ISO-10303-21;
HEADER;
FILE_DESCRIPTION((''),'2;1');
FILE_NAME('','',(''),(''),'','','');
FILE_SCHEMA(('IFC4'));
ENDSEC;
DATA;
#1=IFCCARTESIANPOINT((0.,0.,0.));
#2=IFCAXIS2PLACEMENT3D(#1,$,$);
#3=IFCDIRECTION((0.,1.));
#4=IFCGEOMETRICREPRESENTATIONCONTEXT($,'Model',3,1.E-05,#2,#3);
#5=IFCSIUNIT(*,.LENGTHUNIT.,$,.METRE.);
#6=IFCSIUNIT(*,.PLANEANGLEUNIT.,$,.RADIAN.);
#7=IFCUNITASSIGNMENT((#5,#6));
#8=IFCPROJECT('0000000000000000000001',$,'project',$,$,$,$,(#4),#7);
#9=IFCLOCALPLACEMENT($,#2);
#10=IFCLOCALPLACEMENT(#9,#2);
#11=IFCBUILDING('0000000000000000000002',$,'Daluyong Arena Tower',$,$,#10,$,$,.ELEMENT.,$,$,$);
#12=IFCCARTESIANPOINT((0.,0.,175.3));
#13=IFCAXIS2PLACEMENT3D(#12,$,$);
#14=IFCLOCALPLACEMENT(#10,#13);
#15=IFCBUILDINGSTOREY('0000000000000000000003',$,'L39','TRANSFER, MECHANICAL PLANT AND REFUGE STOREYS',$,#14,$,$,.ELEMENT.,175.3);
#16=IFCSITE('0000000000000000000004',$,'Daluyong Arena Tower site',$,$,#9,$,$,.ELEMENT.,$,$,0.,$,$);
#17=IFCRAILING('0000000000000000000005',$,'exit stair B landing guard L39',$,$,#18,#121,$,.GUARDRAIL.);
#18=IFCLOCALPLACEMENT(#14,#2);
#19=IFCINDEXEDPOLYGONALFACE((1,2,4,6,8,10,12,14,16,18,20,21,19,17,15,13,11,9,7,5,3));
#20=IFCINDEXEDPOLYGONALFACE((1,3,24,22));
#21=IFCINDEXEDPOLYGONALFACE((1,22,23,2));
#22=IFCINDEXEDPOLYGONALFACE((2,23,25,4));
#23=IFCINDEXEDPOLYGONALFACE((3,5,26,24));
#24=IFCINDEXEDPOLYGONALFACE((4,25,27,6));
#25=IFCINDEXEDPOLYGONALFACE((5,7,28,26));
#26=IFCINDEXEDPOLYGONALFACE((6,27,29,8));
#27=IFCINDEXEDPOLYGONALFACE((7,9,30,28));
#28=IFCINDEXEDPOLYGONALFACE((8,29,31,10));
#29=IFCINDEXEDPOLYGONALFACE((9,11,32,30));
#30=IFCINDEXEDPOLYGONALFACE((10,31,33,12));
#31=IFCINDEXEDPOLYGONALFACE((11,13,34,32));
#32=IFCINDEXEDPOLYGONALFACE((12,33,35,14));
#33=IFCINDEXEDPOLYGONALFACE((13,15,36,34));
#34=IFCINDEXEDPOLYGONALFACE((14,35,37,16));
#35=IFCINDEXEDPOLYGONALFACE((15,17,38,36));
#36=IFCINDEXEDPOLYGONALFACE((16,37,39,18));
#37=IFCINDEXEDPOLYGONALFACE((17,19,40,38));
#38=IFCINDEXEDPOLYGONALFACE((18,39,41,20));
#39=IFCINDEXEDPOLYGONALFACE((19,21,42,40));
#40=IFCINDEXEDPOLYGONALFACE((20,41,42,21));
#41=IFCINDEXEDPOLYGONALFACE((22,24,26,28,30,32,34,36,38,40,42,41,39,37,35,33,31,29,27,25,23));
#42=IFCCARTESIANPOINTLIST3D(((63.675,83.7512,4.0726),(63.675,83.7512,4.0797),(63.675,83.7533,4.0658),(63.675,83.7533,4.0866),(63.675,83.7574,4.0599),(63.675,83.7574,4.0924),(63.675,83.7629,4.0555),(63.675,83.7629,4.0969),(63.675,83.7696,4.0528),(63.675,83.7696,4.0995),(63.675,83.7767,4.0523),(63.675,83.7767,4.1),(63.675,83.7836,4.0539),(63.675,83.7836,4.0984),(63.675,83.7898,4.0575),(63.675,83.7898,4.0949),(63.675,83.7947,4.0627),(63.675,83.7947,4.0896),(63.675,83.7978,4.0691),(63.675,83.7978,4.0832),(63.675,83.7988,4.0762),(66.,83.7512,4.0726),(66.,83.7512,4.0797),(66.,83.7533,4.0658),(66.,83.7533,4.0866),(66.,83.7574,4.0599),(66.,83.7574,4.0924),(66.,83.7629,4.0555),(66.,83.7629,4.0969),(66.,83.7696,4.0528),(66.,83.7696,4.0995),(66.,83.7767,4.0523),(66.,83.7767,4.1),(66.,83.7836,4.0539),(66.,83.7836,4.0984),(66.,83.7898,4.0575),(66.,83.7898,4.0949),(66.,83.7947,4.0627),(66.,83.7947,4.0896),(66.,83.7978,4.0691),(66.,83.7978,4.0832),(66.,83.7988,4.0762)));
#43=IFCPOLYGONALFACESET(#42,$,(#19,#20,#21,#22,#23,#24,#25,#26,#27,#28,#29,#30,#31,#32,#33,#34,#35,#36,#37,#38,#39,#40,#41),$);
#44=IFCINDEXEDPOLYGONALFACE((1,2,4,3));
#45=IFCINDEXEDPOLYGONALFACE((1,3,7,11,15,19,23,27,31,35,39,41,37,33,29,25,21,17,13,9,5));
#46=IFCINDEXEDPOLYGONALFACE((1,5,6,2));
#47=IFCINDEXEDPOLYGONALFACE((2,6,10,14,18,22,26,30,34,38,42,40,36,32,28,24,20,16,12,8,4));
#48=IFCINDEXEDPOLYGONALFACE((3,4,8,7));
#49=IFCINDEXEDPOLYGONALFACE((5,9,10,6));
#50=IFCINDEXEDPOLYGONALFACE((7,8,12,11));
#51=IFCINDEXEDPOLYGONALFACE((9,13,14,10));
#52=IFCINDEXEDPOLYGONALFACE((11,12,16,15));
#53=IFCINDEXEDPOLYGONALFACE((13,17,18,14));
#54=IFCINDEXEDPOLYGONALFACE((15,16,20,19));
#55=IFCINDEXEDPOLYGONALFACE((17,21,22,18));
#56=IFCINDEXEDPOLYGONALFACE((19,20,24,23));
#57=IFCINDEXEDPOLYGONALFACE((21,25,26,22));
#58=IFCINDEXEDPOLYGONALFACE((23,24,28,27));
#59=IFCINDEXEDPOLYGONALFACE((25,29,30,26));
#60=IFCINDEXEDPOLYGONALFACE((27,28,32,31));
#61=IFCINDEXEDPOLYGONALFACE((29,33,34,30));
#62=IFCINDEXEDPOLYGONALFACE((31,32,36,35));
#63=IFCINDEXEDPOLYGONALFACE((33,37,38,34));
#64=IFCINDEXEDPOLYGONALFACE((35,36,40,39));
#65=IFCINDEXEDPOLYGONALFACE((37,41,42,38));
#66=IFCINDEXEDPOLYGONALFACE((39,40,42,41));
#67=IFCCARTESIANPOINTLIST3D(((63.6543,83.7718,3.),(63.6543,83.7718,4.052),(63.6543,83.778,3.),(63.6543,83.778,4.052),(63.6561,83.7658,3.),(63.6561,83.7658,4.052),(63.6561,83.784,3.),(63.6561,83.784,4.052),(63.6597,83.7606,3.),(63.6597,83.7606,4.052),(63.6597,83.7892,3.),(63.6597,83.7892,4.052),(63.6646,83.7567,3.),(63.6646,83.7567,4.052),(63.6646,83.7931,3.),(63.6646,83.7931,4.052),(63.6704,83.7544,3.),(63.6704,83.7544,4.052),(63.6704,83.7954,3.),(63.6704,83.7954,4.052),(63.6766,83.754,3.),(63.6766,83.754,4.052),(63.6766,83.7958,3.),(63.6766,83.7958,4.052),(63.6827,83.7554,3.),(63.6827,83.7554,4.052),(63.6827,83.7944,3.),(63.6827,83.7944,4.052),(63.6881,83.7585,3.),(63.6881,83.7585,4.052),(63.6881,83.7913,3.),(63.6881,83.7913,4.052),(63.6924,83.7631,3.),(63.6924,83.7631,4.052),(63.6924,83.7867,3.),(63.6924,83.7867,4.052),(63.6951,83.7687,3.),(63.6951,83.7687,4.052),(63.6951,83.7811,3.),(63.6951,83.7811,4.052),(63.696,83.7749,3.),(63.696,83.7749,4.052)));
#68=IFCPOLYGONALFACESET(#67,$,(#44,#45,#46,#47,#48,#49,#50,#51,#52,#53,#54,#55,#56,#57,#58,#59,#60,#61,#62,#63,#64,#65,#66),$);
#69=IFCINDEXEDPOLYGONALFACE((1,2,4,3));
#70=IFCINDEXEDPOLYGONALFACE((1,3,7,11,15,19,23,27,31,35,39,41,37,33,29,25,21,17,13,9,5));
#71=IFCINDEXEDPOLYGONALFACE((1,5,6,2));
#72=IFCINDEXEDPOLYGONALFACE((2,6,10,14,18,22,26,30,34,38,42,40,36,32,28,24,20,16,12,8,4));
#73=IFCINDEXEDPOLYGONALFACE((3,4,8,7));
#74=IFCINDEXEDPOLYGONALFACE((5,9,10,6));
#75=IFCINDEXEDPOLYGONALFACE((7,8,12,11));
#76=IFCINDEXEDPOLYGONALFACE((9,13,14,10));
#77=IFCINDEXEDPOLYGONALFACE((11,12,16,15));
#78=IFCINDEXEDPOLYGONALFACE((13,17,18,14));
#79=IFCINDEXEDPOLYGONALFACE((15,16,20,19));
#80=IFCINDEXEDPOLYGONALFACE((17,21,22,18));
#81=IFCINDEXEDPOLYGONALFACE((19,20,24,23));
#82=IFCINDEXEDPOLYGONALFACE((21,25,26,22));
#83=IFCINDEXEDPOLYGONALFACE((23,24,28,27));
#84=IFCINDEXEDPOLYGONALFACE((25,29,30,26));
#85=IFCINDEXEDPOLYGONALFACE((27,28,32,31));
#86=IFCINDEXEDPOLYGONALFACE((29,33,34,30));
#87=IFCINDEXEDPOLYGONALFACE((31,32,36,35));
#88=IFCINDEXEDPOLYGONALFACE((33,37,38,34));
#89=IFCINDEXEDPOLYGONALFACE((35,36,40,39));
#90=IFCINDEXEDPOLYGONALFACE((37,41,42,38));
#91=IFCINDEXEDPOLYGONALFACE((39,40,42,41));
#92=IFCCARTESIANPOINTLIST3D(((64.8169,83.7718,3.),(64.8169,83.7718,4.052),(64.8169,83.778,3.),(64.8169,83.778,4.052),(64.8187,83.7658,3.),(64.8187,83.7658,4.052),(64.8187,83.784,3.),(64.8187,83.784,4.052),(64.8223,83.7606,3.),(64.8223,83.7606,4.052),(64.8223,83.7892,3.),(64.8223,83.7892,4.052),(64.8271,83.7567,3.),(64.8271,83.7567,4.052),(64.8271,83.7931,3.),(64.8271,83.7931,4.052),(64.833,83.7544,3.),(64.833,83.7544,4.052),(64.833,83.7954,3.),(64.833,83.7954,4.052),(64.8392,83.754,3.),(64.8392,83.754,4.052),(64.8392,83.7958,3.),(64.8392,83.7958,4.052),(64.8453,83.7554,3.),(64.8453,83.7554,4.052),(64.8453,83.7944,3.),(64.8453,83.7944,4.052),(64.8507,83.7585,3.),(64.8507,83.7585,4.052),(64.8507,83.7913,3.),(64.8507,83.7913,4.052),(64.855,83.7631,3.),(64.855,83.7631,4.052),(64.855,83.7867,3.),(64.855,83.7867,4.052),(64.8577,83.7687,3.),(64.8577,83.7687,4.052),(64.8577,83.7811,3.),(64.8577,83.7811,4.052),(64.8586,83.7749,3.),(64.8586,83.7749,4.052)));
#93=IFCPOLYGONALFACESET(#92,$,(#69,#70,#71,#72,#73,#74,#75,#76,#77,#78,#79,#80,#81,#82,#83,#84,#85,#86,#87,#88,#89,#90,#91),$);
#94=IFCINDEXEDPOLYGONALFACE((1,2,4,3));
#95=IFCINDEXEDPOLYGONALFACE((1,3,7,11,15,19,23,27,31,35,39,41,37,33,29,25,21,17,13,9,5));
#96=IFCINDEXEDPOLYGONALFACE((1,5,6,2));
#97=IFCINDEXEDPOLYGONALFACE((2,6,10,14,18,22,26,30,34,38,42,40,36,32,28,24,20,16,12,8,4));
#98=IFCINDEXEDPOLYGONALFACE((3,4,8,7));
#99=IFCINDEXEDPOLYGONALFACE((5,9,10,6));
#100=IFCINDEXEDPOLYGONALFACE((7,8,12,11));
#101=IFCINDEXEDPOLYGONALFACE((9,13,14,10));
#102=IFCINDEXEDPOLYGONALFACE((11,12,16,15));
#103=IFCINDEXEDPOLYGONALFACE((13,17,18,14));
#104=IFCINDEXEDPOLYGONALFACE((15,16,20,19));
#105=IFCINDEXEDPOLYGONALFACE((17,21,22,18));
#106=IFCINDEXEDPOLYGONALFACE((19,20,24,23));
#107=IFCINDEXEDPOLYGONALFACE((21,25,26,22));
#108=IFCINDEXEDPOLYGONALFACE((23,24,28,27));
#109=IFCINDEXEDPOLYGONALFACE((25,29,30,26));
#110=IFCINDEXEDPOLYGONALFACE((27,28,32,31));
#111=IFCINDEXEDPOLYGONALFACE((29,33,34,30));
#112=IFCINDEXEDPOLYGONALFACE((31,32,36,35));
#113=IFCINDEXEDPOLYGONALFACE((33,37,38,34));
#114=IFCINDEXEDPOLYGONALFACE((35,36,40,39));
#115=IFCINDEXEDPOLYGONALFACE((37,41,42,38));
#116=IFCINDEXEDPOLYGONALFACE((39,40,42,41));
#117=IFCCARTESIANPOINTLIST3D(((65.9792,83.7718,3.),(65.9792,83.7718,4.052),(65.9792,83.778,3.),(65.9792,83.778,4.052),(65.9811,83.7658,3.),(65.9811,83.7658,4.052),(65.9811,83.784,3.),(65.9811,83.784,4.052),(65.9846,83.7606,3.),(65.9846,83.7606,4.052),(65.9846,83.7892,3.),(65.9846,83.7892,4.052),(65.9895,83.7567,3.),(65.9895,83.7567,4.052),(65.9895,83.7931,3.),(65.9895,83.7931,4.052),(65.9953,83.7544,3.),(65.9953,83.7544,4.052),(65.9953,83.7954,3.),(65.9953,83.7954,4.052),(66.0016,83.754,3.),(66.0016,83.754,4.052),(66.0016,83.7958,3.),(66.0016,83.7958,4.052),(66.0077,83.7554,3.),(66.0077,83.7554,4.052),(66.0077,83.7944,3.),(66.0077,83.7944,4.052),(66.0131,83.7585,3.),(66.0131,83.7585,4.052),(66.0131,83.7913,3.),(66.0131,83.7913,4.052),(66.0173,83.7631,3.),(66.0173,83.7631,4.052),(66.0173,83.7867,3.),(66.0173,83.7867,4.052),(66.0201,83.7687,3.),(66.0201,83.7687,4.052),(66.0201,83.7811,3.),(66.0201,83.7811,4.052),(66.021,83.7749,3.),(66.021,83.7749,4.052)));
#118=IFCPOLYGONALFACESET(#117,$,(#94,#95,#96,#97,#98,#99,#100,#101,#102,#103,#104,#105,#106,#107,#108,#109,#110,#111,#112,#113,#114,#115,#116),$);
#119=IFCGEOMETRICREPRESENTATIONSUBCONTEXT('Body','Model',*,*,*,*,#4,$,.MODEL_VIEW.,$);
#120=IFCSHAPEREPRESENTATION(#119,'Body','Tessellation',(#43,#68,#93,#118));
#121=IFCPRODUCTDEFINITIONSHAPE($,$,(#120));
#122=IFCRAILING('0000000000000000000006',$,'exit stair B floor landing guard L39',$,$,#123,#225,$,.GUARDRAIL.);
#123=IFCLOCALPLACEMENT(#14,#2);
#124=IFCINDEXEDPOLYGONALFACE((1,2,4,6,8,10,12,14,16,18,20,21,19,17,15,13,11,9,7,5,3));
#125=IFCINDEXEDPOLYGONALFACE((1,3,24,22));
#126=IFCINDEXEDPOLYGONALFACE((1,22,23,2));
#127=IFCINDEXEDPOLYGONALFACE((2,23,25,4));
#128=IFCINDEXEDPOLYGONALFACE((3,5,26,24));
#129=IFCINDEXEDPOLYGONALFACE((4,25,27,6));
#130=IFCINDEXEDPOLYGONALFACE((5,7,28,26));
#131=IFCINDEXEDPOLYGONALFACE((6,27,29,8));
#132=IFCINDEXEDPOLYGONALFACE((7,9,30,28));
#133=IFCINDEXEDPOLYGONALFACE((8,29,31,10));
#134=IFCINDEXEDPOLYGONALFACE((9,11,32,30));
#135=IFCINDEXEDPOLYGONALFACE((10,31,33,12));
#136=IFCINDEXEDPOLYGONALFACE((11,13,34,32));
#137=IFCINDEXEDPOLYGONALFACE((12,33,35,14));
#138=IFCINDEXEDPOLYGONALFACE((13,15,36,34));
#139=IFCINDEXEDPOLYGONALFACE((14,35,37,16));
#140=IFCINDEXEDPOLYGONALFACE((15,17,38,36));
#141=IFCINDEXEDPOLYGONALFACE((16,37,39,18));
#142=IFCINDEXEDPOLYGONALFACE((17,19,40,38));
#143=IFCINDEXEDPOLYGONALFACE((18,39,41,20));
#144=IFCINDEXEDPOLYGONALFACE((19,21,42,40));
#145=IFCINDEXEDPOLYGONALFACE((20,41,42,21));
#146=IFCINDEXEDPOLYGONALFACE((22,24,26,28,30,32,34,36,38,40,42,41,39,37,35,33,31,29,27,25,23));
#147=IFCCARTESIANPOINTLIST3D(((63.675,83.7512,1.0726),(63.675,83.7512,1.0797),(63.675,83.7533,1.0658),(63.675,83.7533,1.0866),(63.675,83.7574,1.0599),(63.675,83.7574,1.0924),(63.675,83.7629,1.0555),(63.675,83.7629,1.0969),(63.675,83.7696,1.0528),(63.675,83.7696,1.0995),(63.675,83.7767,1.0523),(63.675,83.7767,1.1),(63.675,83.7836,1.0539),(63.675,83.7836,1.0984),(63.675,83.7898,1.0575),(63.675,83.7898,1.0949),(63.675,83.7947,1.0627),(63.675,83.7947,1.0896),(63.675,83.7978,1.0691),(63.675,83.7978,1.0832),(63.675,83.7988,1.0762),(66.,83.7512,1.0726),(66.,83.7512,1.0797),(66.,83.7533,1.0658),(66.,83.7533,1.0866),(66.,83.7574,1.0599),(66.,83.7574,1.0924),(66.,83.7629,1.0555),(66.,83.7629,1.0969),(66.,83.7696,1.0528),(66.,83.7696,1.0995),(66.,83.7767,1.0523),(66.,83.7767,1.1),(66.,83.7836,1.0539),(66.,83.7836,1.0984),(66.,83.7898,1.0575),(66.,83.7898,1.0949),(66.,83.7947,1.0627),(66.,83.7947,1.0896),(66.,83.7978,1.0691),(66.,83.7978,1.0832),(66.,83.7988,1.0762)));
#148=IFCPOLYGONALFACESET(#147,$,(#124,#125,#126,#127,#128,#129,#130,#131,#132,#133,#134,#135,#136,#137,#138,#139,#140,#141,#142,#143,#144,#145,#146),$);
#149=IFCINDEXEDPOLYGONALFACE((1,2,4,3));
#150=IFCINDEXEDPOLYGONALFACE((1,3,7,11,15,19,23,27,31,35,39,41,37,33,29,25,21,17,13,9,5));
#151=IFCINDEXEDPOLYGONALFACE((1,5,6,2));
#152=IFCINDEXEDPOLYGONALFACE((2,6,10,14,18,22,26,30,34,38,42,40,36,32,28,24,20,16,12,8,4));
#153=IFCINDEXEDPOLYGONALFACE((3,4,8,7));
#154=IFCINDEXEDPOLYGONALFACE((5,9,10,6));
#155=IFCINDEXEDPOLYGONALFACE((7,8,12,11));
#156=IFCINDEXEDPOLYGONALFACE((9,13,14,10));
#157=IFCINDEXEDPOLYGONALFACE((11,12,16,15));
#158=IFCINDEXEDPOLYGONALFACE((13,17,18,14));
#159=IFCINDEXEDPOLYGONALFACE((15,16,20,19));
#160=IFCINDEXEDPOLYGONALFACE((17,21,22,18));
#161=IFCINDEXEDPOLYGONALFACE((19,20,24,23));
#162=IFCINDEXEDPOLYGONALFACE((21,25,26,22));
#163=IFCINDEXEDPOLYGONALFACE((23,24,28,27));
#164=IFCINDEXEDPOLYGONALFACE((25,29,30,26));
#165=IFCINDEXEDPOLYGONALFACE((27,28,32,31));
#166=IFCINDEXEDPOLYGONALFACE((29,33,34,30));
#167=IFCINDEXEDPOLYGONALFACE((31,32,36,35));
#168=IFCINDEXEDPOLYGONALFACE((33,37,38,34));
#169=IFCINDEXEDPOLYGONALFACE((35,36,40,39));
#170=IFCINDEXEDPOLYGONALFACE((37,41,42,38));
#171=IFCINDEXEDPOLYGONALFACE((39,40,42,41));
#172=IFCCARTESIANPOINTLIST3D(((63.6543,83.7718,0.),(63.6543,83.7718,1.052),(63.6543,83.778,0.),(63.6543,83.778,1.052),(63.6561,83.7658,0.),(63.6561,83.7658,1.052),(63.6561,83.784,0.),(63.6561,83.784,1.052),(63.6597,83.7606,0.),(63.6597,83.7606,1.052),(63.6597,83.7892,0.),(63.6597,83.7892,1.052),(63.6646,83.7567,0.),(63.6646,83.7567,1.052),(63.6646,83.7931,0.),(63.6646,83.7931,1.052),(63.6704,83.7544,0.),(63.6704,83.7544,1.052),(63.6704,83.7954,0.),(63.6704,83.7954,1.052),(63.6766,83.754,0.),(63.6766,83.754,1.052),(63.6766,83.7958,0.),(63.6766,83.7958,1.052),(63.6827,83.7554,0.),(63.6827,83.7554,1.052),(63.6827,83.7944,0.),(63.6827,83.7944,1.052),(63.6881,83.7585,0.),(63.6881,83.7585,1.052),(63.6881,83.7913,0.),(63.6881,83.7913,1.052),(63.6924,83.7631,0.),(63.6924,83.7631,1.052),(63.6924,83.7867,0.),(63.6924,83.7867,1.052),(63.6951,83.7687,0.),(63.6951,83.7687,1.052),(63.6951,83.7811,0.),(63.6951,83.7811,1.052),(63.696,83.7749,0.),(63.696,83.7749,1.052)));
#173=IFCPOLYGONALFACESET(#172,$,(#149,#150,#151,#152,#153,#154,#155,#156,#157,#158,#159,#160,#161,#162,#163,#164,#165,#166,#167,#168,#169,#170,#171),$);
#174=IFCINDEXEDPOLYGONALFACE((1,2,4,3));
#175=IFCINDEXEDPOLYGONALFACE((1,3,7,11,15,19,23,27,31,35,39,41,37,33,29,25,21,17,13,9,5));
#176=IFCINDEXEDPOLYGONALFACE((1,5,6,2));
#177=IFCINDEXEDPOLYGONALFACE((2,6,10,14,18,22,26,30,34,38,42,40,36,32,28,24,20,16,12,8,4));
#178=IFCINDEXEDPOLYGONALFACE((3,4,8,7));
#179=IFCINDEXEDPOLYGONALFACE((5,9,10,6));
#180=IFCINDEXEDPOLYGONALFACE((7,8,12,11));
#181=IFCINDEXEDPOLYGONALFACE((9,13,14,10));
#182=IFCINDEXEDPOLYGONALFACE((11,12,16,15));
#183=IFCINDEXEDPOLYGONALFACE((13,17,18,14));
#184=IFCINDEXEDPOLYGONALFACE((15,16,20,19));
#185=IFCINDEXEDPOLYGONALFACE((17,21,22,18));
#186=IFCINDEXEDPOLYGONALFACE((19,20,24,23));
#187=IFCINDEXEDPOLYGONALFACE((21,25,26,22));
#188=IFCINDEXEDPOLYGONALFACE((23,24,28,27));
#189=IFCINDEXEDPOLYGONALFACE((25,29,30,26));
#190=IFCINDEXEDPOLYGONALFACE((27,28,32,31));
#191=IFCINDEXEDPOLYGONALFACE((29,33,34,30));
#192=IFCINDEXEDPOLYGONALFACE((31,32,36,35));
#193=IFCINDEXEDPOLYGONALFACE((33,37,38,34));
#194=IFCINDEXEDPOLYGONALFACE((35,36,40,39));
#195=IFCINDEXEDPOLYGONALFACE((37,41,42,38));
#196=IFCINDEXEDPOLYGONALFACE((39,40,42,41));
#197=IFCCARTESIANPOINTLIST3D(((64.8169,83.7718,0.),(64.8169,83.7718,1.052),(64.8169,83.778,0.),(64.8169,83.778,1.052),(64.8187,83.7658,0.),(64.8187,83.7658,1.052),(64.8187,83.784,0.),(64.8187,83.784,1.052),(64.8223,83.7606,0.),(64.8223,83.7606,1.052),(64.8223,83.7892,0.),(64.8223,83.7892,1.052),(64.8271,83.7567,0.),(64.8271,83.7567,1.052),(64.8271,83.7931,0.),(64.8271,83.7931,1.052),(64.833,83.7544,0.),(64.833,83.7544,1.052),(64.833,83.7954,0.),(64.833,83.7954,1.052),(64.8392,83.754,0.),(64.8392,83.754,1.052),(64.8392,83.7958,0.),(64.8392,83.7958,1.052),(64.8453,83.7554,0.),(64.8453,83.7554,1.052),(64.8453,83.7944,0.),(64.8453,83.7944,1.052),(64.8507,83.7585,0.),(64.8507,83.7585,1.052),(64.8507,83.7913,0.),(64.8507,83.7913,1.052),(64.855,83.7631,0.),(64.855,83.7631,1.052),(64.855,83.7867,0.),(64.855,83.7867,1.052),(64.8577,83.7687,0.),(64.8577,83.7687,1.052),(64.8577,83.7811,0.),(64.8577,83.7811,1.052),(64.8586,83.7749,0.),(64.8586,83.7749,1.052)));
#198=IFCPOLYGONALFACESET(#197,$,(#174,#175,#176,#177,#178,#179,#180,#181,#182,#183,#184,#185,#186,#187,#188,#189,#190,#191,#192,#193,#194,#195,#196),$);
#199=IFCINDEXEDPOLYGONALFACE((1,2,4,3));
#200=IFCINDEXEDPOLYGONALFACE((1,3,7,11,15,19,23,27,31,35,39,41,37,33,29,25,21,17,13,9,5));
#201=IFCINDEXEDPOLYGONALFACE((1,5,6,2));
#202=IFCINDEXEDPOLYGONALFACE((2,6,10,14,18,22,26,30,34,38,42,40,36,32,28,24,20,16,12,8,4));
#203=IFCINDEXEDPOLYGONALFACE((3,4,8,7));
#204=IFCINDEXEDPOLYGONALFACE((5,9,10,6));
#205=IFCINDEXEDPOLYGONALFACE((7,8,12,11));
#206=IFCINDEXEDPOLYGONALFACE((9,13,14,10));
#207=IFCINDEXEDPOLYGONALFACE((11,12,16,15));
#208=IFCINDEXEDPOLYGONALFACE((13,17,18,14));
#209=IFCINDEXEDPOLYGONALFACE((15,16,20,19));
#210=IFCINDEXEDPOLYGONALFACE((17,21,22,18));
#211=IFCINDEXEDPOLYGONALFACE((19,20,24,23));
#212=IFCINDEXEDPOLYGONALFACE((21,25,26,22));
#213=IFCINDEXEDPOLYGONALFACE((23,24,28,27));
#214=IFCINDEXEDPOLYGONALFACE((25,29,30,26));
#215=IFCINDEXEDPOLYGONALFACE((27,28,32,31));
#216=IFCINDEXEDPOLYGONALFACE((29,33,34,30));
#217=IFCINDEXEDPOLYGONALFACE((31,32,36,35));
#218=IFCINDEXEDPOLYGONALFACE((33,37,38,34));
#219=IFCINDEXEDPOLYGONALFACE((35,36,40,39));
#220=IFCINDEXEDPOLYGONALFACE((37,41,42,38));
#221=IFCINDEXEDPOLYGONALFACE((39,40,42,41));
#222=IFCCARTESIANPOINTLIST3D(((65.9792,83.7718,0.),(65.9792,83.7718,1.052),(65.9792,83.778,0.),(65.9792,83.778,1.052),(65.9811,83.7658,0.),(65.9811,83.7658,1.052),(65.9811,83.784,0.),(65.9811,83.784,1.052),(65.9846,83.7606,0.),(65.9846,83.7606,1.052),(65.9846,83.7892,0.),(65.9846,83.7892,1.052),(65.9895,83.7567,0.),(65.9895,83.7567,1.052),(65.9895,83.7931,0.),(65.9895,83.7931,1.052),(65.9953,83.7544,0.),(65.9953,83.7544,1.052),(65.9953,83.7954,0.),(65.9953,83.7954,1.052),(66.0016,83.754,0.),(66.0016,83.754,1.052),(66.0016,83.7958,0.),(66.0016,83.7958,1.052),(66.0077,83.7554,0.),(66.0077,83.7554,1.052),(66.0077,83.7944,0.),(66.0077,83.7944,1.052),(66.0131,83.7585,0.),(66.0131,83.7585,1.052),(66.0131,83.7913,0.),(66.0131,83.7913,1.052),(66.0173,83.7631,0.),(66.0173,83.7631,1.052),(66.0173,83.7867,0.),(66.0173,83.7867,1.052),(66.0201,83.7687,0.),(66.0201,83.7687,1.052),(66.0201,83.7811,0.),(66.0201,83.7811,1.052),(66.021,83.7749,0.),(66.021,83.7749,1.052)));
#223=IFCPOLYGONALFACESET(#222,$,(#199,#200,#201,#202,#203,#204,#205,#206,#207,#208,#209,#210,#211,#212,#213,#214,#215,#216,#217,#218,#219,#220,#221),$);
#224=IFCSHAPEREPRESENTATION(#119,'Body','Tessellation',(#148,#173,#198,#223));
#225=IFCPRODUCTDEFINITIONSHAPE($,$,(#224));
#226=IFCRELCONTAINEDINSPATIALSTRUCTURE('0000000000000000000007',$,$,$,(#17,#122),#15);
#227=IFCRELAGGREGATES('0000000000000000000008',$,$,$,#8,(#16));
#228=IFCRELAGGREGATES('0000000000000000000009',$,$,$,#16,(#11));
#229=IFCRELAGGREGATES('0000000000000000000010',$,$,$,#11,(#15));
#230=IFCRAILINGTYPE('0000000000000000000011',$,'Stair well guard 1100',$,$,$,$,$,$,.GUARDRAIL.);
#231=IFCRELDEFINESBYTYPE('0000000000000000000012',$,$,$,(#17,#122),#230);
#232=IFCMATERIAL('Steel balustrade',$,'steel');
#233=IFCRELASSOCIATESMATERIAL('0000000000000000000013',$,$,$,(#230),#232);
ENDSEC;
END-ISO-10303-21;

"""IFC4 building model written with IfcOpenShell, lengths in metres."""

from ifc_helpers import new_model, si_unit, direction, frame, origin, origin_2d, place, context, subcontext, project, spatial, circle, extrude, material, type_object, element, save


model = new_model("IFC4")

# Units and contexts
model_context = context("Model", 3, precision=1e-05, world=origin(), true_north=direction((0.0, 1.0)))
body_context = subcontext(model_context, "Body", "Model", "MODEL_VIEW")
ifc_project = project(units=[si_unit("LENGTHUNIT", "METRE"), si_unit("PLANEANGLEUNIT", "RADIAN")], contexts=[model_context])

# Site, building, storey
site_placement = place(None, origin())
site = spatial("IfcSite", under=ifc_project, at=site_placement, Name="Daluyong Arena Tower site", CompositionType="ELEMENT", RefElevation=0.0)
building_placement = place(site_placement, origin())
building = spatial("IfcBuilding", under=site, at=building_placement, Name="Daluyong Arena Tower", CompositionType="ELEMENT")
storey_placement = place(building_placement, frame((0.0, 0.0, 175.3)))
storey = spatial("IfcBuildingStorey", under=building, at=storey_placement, Name="L39", Description="TRANSFER, MECHANICAL PLANT AND REFUGE STOREYS", CompositionType="ELEMENT", Elevation=175.3)

# Railings
ifc_material_1 = material(Name="Steel balustrade", Category="steel")
railing_type_1 = type_object("IfcRailingType", Name="Stair well guard 1100", PredefinedType="GUARDRAIL", material=ifc_material_1)
for number, where, name in (
    (1, (63.675, 83.7749, 3.0), "exit stair B landing guard L39"),
    (2, (63.675, 83.7749, 0.0), "exit stair B floor landing guard L39"),
):
    element("IfcRailing", number, at=place(storey_placement, frame(where)), inside=storey, type_object=railing_type_1, Name=name, PredefinedType="GUARDRAIL", context=body_context, shape_type="SweptSolid", body=[
        extrude(circle(Radius=0.0239, at=origin_2d()), frame((0.0, 0.0, 1.0762), z_axis=(1.0, 0.0, 0.0), x_axis=(0.0, 1.0, 0.0)), (0.0, 0.0, 1.0), 2.325),
        extrude(circle(Radius=0.021, at=origin_2d()), origin(), (0.0, 0.0, 1.0), 1.052),
        extrude(circle(Radius=0.021, at=origin_2d()), frame((1.1626, 0.0, 0.0)), (0.0, 0.0, 1.0), 1.052),
        extrude(circle(Radius=0.021, at=origin_2d()), frame((2.325, 0.0, 0.0)), (0.0, 0.0, 1.0), 1.052),
    ])

save(model, "model.ifc")
